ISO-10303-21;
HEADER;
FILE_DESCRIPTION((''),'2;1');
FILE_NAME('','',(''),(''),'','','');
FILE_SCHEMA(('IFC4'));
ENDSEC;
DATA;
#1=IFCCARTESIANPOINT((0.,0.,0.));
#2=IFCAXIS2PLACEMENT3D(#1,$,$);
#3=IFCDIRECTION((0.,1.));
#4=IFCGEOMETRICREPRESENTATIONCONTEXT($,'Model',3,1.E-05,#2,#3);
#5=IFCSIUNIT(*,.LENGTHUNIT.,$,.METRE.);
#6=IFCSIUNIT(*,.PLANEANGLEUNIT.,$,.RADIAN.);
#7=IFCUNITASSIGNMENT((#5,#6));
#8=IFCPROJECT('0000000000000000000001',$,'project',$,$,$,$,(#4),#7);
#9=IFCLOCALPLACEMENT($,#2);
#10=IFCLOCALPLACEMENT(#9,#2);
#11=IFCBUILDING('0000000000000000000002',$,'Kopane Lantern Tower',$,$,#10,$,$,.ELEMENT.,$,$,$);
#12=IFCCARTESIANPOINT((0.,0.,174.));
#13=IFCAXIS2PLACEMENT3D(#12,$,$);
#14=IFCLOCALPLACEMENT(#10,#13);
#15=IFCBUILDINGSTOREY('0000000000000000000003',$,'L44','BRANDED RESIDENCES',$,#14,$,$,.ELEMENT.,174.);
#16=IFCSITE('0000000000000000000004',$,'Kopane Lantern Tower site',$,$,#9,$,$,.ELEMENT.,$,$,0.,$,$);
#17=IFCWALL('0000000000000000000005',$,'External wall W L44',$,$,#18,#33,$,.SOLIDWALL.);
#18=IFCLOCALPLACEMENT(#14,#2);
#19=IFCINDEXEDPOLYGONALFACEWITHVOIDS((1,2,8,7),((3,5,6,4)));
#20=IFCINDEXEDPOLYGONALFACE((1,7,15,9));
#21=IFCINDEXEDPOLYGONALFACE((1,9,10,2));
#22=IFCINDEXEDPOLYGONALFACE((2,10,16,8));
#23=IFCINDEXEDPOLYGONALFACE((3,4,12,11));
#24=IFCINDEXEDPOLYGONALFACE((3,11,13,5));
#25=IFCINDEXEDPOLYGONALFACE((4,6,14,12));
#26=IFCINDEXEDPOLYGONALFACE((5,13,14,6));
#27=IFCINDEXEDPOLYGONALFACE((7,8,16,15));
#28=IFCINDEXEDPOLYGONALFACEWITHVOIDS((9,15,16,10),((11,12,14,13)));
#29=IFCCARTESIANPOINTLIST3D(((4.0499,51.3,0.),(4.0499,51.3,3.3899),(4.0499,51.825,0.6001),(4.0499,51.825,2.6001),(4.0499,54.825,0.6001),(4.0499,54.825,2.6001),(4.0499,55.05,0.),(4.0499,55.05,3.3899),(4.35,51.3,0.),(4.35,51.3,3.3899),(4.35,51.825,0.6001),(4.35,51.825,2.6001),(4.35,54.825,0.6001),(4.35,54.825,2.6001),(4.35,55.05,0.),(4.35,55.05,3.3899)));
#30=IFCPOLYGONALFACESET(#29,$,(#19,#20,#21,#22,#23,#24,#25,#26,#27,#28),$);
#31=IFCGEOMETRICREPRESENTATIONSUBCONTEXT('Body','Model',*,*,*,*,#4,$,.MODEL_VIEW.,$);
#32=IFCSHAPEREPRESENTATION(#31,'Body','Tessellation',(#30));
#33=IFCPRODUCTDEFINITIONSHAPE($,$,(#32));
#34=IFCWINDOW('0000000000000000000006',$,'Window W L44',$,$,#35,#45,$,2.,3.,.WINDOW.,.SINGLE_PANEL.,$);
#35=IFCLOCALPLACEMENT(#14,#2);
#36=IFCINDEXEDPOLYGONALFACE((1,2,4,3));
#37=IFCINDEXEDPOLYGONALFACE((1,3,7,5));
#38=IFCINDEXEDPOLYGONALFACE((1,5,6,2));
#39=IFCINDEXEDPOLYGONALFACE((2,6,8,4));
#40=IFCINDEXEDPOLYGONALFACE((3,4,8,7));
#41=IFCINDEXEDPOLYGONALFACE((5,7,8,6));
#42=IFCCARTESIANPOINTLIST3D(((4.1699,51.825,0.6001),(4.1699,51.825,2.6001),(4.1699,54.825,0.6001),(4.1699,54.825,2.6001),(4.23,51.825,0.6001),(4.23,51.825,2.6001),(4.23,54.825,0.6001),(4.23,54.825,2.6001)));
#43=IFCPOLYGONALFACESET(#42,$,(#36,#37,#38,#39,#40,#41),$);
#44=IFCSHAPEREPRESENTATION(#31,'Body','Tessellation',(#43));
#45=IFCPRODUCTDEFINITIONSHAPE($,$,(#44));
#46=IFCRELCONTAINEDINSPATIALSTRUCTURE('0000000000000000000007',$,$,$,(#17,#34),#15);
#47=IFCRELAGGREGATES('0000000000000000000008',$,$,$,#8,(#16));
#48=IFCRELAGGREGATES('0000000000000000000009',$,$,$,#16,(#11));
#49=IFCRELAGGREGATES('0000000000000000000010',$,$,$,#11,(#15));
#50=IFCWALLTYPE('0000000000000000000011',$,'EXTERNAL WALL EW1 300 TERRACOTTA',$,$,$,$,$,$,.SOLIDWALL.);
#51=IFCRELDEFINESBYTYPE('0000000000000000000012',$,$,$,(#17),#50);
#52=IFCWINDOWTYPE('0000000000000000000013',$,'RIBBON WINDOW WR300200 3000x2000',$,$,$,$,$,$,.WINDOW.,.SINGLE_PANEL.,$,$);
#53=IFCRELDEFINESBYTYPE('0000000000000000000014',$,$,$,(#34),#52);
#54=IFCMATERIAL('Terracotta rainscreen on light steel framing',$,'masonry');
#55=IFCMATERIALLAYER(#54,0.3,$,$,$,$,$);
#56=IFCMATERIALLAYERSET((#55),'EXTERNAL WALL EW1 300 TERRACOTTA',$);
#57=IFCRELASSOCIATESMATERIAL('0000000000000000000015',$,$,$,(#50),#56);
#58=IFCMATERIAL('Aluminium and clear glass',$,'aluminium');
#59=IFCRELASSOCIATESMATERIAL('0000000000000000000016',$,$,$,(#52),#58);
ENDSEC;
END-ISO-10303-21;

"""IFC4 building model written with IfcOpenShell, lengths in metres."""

from ifc_helpers import new_model, si_unit, direction, frame, frame_2d, origin, place, context, subcontext, project, spatial, rectangle, extrude, material, layer, layer_set, type_object, element, fill, save


model = new_model("IFC4")

# Units and contexts
model_context = context("Model", 3, precision=1e-05, world=origin(), true_north=direction((0.0, 1.0)))
body_context = subcontext(model_context, "Body", "Model", "MODEL_VIEW")
ifc_project = project(units=[si_unit("LENGTHUNIT", "METRE"), si_unit("PLANEANGLEUNIT", "RADIAN")], contexts=[model_context])

# Site, building, storey
site_placement = place(None, origin())
site = spatial("IfcSite", under=ifc_project, at=site_placement, Name="Kopane Lantern Tower site", CompositionType="ELEMENT", RefElevation=0.0)
building_placement = place(site_placement, origin())
building = spatial("IfcBuilding", under=site, at=building_placement, Name="Kopane Lantern Tower", CompositionType="ELEMENT")
storey_placement = place(building_placement, frame((0.0, 0.0, 174.0)))
storey = spatial("IfcBuildingStorey", under=building, at=storey_placement, Name="L44", Description="BRANDED RESIDENCES", CompositionType="ELEMENT", Elevation=174.0)

# Wall, opening, window
ifc_material_1 = material(Name="Terracotta rainscreen on light steel framing", Category="masonry")
ifc_layer_1 = layer(ifc_material_1, 0.3)
ifc_layer_set_1 = layer_set([ifc_layer_1], Name="EXTERNAL WALL EW1 300 TERRACOTTA")
wall_type_1 = type_object("IfcWallType", Name="EXTERNAL WALL EW1 300 TERRACOTTA", PredefinedType="SOLIDWALL", material=ifc_layer_set_1)
ifc_material_2 = material(Name="Aluminium and clear glass", Category="aluminium")
window_type = type_object("IfcWindowType", Name="RIBBON WINDOW WR300200 3000x2000", PartitioningType="SINGLE_PANEL", PredefinedType="WINDOW", material=ifc_material_2)
wall_1_placement = place(storey_placement, frame((4.2, 55.05, 0.0), z_axis=(0.0, 0.0, 1.0), x_axis=(0.0, -1.0, 0.0)))
wall_1 = element("IfcWall", 1, at=wall_1_placement, inside=storey, type_object=wall_type_1, Name="External wall W L44", PredefinedType="SOLIDWALL", context=body_context, shape_type="SweptSolid", body=[
    extrude(rectangle(XDim=3.75, YDim=0.3, at=frame_2d((1.875, 0.0))), origin(), (0.0, 0.0, 1.0), 3.3899),
])
opening_1_placement = place(wall_1_placement, frame((0.2251, 0.0, 0.6001)))
opening_1 = element("IfcOpeningElement", 2, at=opening_1_placement, cuts=wall_1, PredefinedType="OPENING", context=body_context, shape_type="SweptSolid", body=[
    extrude(rectangle(XDim=3.0, YDim=2.0, at=frame_2d((1.5, 1.0))), frame((0.0, 0.1599, 0.0), z_axis=(0.0, -1.0, 0.0), x_axis=(1.0, 0.0, 0.0)), (0.0, 0.0, 1.0), 0.3201),
])
window_1_placement = place(opening_1_placement, origin())
window_1 = element("IfcWindow", 3, at=window_1_placement, inside=storey, type_object=window_type, Name="Window W L44", OverallHeight=2.0, OverallWidth=3.0, PartitioningType="SINGLE_PANEL", PredefinedType="WINDOW", context=body_context, shape_type="SweptSolid", body=[
    extrude(rectangle(XDim=3.0, YDim=2.0, at=frame_2d((1.5, 1.0))), frame((0.0, 0.03, 0.0), z_axis=(0.0, -1.0, 0.0), x_axis=(1.0, 0.0, 0.0)), (0.0, 0.0, 1.0), 0.0601),
])
fill(opening_1, window_1)

save(model, "model.ifc")
